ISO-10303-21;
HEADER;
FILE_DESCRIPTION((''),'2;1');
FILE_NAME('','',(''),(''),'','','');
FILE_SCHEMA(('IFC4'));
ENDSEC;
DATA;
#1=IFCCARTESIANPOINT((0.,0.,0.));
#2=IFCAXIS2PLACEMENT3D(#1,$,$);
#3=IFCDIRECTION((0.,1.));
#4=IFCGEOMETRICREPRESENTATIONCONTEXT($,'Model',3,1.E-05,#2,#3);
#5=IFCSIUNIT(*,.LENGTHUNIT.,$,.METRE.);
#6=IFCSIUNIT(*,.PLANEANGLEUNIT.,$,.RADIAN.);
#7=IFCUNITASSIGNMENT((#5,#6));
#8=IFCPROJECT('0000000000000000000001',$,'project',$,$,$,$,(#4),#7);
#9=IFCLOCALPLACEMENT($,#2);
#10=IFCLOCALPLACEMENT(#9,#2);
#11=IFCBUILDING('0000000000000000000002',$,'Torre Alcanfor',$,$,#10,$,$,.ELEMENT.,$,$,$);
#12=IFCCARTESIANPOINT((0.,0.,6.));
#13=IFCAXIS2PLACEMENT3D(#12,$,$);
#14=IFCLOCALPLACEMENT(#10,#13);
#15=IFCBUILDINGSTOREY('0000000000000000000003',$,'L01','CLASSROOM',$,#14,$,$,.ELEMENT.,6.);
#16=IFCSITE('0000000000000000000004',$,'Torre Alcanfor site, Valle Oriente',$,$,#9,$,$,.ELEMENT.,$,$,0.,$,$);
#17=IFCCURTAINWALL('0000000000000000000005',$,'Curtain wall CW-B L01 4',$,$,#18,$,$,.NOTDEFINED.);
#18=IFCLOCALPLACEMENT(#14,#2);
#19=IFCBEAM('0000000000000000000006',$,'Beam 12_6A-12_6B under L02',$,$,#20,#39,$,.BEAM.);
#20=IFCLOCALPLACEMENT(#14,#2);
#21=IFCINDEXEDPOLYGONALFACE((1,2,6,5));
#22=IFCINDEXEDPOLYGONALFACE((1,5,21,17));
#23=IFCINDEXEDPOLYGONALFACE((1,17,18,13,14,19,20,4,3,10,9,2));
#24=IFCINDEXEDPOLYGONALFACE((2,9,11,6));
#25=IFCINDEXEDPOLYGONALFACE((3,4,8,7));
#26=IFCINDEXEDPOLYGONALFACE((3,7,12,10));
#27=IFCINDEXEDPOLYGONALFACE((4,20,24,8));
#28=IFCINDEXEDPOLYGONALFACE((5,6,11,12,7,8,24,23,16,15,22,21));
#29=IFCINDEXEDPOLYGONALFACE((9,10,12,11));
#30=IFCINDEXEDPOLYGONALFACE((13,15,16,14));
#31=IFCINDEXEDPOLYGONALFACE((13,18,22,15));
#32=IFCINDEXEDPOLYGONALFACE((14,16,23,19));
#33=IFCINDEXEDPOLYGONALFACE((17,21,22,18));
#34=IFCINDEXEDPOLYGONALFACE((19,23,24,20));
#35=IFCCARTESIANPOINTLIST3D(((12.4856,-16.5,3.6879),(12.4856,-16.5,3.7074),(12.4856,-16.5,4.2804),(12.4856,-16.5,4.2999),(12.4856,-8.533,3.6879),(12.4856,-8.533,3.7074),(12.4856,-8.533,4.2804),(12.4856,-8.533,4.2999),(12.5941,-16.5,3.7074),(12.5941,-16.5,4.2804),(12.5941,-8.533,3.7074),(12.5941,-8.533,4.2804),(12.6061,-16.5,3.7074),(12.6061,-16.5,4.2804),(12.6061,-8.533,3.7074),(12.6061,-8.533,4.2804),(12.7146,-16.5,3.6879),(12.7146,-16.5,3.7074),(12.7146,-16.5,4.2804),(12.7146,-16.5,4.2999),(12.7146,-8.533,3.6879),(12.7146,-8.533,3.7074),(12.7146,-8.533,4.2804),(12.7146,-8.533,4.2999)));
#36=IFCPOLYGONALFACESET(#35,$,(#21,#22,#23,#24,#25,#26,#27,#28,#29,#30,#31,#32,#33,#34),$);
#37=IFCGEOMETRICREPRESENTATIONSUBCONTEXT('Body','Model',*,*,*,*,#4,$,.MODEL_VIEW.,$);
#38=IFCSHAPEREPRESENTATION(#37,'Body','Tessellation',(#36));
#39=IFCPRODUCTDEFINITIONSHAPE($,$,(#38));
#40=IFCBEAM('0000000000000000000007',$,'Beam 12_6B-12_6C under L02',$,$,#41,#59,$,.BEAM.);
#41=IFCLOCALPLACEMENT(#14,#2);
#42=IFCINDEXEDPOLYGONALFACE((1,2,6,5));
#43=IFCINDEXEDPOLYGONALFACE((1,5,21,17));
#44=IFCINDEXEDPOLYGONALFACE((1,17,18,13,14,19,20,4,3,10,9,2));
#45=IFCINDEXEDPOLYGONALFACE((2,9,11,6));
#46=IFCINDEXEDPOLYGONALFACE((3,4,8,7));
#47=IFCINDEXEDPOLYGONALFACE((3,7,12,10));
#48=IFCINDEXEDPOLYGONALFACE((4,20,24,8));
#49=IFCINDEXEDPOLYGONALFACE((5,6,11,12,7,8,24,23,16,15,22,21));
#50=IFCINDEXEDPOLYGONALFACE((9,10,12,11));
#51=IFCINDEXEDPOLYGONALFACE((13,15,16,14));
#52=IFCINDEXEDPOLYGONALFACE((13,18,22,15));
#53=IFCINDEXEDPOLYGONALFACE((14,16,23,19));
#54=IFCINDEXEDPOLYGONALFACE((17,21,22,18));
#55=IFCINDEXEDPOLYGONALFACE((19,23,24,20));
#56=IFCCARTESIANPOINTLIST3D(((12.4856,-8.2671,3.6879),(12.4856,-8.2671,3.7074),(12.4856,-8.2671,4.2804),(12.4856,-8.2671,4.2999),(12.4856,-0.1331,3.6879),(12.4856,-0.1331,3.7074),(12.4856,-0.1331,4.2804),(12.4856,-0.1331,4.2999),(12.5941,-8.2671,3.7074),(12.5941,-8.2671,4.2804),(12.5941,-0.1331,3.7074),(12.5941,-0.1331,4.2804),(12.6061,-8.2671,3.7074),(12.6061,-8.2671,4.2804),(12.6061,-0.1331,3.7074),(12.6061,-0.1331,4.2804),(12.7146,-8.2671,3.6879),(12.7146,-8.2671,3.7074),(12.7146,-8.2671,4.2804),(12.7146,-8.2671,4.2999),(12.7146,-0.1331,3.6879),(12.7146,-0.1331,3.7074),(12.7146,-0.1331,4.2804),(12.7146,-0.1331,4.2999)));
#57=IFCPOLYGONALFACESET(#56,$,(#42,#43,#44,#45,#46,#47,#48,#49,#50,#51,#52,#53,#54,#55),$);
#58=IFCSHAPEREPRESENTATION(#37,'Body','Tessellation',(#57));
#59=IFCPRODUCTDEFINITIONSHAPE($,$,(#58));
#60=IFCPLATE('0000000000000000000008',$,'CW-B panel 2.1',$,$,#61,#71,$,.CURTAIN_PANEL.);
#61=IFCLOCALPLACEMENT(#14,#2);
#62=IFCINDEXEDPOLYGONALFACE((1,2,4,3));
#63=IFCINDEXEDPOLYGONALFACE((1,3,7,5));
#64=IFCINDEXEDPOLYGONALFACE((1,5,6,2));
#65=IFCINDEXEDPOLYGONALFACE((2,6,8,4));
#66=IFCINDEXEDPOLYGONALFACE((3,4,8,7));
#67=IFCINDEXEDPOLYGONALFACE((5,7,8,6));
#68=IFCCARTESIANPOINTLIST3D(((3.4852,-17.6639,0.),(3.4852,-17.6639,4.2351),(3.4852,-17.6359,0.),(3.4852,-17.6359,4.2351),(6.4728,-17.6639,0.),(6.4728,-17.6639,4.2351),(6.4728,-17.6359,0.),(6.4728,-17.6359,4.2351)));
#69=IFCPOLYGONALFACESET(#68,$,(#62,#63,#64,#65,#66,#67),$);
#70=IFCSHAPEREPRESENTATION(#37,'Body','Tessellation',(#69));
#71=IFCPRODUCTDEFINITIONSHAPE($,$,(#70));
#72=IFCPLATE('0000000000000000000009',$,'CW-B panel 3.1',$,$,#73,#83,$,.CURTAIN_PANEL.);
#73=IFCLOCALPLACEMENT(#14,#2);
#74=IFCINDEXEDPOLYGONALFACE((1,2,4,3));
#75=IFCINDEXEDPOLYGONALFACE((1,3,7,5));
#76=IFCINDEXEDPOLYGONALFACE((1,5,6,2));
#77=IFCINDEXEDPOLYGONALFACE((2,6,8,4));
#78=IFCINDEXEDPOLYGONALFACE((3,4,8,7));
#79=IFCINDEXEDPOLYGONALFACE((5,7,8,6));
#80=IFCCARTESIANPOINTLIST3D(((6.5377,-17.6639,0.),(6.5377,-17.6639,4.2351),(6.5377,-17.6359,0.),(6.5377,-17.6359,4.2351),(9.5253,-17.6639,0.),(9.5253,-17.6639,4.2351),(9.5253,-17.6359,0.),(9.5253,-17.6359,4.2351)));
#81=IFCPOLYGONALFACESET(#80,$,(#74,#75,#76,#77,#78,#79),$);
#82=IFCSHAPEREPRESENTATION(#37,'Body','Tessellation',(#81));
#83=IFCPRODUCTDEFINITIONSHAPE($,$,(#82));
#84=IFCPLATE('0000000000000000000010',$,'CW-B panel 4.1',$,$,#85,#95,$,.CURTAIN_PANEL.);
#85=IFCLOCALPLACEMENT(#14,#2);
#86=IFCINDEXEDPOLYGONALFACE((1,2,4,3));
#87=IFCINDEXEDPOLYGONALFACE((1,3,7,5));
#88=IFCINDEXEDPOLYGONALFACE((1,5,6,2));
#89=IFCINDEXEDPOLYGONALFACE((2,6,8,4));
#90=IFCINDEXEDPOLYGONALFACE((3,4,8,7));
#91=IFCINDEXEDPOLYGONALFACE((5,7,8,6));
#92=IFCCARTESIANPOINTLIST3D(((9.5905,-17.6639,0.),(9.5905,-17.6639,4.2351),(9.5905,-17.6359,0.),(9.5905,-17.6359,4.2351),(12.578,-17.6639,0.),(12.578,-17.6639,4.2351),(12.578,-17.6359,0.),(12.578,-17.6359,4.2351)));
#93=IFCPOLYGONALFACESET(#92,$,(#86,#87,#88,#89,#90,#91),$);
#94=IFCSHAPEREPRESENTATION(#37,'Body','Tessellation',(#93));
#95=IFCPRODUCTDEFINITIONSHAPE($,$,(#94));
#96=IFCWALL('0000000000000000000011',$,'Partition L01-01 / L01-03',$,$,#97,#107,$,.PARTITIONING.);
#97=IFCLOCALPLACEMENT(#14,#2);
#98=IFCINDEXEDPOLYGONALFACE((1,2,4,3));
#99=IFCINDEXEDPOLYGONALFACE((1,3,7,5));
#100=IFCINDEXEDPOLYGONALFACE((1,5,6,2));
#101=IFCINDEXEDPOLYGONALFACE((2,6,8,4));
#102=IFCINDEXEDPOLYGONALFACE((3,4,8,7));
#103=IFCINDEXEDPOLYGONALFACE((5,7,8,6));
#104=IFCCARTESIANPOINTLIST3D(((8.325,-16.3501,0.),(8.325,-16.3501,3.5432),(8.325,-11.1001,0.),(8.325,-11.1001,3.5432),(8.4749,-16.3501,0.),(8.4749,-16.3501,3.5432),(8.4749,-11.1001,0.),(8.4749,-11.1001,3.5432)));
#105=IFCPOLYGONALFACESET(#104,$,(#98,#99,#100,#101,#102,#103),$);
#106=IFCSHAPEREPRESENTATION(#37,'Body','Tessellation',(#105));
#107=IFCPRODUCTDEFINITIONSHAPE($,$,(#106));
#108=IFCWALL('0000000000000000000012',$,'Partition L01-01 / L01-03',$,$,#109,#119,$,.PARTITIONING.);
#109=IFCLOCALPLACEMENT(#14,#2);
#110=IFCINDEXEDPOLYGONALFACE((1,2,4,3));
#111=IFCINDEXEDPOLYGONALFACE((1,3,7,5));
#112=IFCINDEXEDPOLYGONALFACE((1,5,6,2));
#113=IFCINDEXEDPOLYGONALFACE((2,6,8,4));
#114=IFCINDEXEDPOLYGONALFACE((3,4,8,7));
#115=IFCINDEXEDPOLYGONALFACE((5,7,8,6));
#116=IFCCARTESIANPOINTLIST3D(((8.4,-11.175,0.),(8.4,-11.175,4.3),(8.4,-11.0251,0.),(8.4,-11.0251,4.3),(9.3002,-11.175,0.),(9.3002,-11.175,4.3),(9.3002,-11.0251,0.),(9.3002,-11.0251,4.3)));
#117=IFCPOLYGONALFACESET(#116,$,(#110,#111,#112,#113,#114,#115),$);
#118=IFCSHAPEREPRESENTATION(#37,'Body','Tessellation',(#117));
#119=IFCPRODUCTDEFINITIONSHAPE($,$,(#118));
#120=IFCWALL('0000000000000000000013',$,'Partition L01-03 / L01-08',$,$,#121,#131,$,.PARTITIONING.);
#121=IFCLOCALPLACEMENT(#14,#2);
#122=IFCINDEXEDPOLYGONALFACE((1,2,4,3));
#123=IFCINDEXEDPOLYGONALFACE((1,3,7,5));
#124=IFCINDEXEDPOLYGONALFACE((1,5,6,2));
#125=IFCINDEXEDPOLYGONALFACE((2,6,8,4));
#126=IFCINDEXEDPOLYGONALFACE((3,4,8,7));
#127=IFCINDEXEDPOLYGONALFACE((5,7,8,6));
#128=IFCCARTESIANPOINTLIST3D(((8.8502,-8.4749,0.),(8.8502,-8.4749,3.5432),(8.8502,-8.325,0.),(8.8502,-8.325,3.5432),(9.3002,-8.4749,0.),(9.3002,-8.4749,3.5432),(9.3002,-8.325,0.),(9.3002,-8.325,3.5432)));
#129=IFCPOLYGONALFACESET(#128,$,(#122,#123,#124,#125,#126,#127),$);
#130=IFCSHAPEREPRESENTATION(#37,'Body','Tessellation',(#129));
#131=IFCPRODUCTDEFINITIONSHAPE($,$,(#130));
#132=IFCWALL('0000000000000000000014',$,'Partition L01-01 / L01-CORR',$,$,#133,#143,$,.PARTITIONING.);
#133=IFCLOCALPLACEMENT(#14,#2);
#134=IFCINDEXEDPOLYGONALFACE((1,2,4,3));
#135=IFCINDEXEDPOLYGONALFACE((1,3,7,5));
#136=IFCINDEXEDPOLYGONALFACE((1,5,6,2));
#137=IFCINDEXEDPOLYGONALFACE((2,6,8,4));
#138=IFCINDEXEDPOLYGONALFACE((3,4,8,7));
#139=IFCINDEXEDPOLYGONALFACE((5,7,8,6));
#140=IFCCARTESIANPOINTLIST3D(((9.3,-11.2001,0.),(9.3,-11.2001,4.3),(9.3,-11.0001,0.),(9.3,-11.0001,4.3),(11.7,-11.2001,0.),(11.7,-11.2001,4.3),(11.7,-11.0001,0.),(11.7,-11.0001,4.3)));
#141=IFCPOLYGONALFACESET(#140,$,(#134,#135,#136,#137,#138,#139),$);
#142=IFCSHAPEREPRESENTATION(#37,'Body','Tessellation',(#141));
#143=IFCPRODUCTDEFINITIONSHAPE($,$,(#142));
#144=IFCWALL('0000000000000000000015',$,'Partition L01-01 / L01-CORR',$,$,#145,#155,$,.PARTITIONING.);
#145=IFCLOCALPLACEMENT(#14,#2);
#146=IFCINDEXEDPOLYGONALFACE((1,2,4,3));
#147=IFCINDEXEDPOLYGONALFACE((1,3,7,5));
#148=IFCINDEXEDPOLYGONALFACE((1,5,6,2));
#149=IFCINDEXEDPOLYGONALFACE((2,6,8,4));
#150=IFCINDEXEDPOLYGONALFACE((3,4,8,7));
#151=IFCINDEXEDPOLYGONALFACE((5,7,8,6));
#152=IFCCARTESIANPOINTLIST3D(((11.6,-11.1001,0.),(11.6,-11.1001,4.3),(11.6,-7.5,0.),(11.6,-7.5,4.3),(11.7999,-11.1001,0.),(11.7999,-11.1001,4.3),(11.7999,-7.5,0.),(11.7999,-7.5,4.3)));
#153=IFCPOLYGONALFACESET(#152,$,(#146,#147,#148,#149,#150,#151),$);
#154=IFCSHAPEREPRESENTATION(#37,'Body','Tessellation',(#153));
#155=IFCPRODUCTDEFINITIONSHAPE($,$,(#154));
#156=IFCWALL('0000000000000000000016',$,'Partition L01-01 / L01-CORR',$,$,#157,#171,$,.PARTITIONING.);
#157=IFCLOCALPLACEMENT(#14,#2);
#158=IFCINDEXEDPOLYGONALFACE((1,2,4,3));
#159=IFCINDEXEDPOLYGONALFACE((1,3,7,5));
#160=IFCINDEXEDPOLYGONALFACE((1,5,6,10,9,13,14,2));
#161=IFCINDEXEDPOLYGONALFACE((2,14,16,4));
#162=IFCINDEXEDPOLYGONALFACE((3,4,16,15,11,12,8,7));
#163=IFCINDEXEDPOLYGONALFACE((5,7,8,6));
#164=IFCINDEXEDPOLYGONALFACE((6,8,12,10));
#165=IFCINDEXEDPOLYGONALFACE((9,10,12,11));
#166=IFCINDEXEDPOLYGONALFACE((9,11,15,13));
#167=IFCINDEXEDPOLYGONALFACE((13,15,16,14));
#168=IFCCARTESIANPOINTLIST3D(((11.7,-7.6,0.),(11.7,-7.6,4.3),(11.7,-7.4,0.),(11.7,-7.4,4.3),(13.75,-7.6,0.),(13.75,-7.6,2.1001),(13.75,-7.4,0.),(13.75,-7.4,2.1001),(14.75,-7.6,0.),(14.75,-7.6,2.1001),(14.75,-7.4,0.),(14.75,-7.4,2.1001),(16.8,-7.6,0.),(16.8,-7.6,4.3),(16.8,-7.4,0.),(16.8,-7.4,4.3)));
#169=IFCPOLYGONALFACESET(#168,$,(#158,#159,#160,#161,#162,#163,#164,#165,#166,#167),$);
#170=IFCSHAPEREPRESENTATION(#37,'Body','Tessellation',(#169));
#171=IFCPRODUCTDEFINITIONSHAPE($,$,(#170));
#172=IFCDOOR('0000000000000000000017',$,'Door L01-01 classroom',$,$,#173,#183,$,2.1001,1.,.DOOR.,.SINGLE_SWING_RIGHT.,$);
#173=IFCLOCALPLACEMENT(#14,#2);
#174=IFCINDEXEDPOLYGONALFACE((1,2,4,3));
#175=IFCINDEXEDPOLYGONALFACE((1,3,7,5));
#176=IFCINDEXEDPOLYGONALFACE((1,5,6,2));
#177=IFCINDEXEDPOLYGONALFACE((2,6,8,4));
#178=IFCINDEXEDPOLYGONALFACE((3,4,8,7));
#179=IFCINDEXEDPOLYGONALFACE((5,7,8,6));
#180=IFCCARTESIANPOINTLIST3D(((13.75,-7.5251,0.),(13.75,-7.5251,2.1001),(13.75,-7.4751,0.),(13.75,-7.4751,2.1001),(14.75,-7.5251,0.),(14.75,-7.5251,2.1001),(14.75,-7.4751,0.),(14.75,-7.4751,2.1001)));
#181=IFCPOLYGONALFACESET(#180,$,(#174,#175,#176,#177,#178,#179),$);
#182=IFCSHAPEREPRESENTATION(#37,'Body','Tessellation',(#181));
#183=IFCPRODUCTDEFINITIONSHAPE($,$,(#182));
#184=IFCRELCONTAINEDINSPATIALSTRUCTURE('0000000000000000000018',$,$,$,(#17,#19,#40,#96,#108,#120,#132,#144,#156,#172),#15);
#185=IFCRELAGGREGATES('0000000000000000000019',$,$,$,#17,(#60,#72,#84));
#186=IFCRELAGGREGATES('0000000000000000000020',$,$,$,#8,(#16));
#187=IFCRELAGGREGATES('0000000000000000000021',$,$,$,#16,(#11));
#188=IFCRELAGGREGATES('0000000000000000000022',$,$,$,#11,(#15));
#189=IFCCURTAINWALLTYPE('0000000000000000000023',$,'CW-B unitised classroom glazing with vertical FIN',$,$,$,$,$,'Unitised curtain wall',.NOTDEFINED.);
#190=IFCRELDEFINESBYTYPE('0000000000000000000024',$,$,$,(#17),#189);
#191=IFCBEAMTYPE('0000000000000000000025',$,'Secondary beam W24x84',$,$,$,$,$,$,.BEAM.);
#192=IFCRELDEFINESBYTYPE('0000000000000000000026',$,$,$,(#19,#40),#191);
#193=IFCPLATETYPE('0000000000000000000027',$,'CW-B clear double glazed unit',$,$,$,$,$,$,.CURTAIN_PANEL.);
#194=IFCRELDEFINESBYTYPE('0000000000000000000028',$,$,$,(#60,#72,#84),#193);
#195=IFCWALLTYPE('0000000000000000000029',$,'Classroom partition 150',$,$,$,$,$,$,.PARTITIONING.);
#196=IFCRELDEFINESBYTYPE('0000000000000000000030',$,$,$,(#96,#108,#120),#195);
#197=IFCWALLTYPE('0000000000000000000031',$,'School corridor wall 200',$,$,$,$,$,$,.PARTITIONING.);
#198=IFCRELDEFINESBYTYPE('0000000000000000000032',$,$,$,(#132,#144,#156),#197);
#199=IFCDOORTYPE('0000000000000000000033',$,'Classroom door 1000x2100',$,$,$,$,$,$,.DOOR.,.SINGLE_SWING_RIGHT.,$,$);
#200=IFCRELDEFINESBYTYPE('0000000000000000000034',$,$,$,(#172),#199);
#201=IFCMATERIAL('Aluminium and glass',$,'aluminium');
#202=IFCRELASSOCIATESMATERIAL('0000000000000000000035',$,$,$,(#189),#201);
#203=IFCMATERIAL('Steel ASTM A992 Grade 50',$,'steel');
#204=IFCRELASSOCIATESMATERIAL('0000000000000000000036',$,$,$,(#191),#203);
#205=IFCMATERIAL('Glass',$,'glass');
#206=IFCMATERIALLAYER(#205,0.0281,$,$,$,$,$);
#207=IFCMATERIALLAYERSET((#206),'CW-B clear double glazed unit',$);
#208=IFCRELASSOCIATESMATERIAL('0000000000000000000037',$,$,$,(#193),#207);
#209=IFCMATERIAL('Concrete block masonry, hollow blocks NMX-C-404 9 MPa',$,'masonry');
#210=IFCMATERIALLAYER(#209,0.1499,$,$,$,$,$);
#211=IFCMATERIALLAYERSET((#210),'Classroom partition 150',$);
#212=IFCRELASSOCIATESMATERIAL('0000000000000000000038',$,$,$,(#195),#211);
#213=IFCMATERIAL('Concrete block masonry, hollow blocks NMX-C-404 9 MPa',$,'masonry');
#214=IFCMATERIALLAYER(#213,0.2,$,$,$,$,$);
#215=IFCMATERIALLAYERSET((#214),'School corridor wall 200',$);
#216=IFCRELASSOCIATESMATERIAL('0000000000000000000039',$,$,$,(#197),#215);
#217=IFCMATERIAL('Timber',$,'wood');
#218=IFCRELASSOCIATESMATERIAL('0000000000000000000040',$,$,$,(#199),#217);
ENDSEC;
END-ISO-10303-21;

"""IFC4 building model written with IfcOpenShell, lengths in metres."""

from ifc_helpers import new_model, si_unit, direction, frame, frame_2d, origin, origin_2d, place, context, subcontext, project, spatial, rectangle, i_section, extrude, material, layer, layer_set, material_profile, profile_set, type_object, element, fill, aggregate, save


model = new_model("IFC4")

# Units and contexts
model_context = context("Model", 3, precision=1e-05, world=origin(), true_north=direction((0.0, 1.0)))
body_context = subcontext(model_context, "Body", "Model", "MODEL_VIEW")
ifc_project = project(units=[si_unit("LENGTHUNIT", "METRE"), si_unit("PLANEANGLEUNIT", "RADIAN")], contexts=[model_context])

# Site, building, storey
site_placement = place(None, origin())
site = spatial("IfcSite", under=ifc_project, at=site_placement, Name="Torre Alcanfor site, Valle Oriente", CompositionType="ELEMENT", RefElevation=0.0)
building_placement = place(site_placement, origin())
building = spatial("IfcBuilding", under=site, at=building_placement, Name="Torre Alcanfor", CompositionType="ELEMENT")
storey_placement = place(building_placement, frame((0.0, 0.0, 6.0)))
storey = spatial("IfcBuildingStorey", under=building, at=storey_placement, Name="L01", Description="CLASSROOM", CompositionType="ELEMENT", Elevation=6.0)

# Curtain wall
ifc_material_1 = material(Name="Aluminium and glass", Category="aluminium")
curtain_wall_type = type_object("IfcCurtainWallType", Name="CW-B unitised classroom glazing with vertical FIN", ElementType="Unitised curtain wall", PredefinedType="NOTDEFINED", material=ifc_material_1)
curtain_wall_placement = place(storey_placement, origin())
curtain_wall = element("IfcCurtainWall", 1, at=curtain_wall_placement, inside=storey, type_object=curtain_wall_type, Name="Curtain wall CW-B L01 4", PredefinedType="NOTDEFINED")

# Beams
ifc_material_2 = material(Name="Steel ASTM A992 Grade 50", Category="steel")
ifc_material_profile_1 = material_profile(ifc_material_2, i_section(OverallWidth=0.229, OverallDepth=0.6121, WebThickness=0.012, FlangeThickness=0.0195, at=origin_2d()), Name="W24x84")
ifc_profile_set_1 = profile_set([ifc_material_profile_1], Name="Steel ASTM A992 Grade 50")
beam_type_1 = type_object("IfcBeamType", Name="Secondary beam W24x84", PredefinedType="BEAM", material=ifc_profile_set_1)
beam_1_placement = place(storey_placement, frame((12.6001, -16.5, 3.9939), z_axis=(0.0, 1.0, 0.0), x_axis=(-1.0, 0.0, 0.0)))
element("IfcBeam", 2, at=beam_1_placement, inside=storey, type_object=beam_type_1, Name="Beam 12_6A-12_6B under L02", PredefinedType="BEAM", context=body_context, shape_type="SweptSolid", body=[
    extrude(i_section(OverallWidth=0.229, OverallDepth=0.6121, WebThickness=0.012, FlangeThickness=0.0195, at=origin_2d()), origin(), (0.0, 0.0, 1.0), 7.967),
])
beam_2_placement = place(storey_placement, frame((12.6001, -8.2671, 3.9939), z_axis=(0.0, 1.0, 0.0), x_axis=(-1.0, 0.0, 0.0)))
element("IfcBeam", 3, at=beam_2_placement, inside=storey, type_object=beam_type_1, Name="Beam 12_6B-12_6C under L02", PredefinedType="BEAM", context=body_context, shape_type="SweptSolid", body=[
    extrude(i_section(OverallWidth=0.229, OverallDepth=0.6121, WebThickness=0.012, FlangeThickness=0.0195, at=origin_2d()), origin(), (0.0, 0.0, 1.0), 8.134),
])

# Plates
ifc_material_3 = material(Name="Glass", Category="glass")
ifc_layer_1 = layer(ifc_material_3, 0.0281)
ifc_layer_set_1 = layer_set([ifc_layer_1], Name="CW-B clear double glazed unit")
plate_type = type_object("IfcPlateType", Name="CW-B clear double glazed unit", PredefinedType="CURTAIN_PANEL", material=ifc_layer_set_1)
plate_1_placement = place(storey_placement, frame((4.979, -17.6499, 0.0), z_axis=(0.0, 0.0, 1.0), x_axis=(1.0, 0.0, 0.0)))
plate_1 = element("IfcPlate", 4, at=plate_1_placement, type_object=plate_type, Name="CW-B panel 2.1", PredefinedType="CURTAIN_PANEL", context=body_context, shape_type="SweptSolid", body=[
    extrude(rectangle(XDim=2.9875, YDim=0.0281, at=origin_2d()), origin(), (0.0, 0.0, 1.0), 4.2351),
])
plate_2_placement = place(storey_placement, frame((8.0315, -17.6499, 0.0), z_axis=(0.0, 0.0, 1.0), x_axis=(1.0, 0.0, 0.0)))
plate_2 = element("IfcPlate", 5, at=plate_2_placement, type_object=plate_type, Name="CW-B panel 3.1", PredefinedType="CURTAIN_PANEL", context=body_context, shape_type="SweptSolid", body=[
    extrude(rectangle(XDim=2.9875, YDim=0.0281, at=origin_2d()), origin(), (0.0, 0.0, 1.0), 4.2351),
])
plate_3_placement = place(storey_placement, frame((11.0842, -17.6499, 0.0), z_axis=(0.0, 0.0, 1.0), x_axis=(1.0, 0.0, 0.0)))
plate_3 = element("IfcPlate", 6, at=plate_3_placement, type_object=plate_type, Name="CW-B panel 4.1", PredefinedType="CURTAIN_PANEL", context=body_context, shape_type="SweptSolid", body=[
    extrude(rectangle(XDim=2.9875, YDim=0.0281, at=origin_2d()), origin(), (0.0, 0.0, 1.0), 4.2351),
])
aggregate(curtain_wall, [plate_1, plate_2, plate_3])

# Walls
ifc_material_4 = material(Name="Concrete block masonry, hollow blocks NMX-C-404 9 MPa", Category="masonry")
ifc_layer_2 = layer(ifc_material_4, 0.1499)
ifc_layer_set_2 = layer_set([ifc_layer_2], Name="Classroom partition 150")
wall_type_1 = type_object("IfcWallType", Name="Classroom partition 150", PredefinedType="PARTITIONING", material=ifc_layer_set_2)
wall_1_placement = place(storey_placement, frame((8.3999, -16.3501, 0.0), z_axis=(0.0, 0.0, 1.0), x_axis=(0.0, 1.0, 0.0)))
element("IfcWall", 7, at=wall_1_placement, inside=storey, type_object=wall_type_1, Name="Partition L01-01 / L01-03", PredefinedType="PARTITIONING", context=body_context, shape_type="SweptSolid", body=[
    extrude(rectangle(XDim=5.25, YDim=0.1499, at=frame_2d((2.625, 0.0))), origin(), (0.0, 0.0, 1.0), 3.5432),
])
wall_2_placement = place(storey_placement, frame((8.3999, -11.1001, 0.0), z_axis=(0.0, 0.0, 1.0), x_axis=(1.0, 0.0, 0.0)))
element("IfcWall", 8, at=wall_2_placement, inside=storey, type_object=wall_type_1, Name="Partition L01-01 / L01-03", PredefinedType="PARTITIONING", context=body_context, shape_type="SweptSolid", body=[
    extrude(rectangle(XDim=0.9001, YDim=0.1499, at=frame_2d((0.4502, 0.0))), origin(), (0.0, 0.0, 1.0), 4.3),
])
wall_3_placement = place(storey_placement, frame((8.8501, -8.3999, 0.0), z_axis=(0.0, 0.0, 1.0), x_axis=(1.0, 0.0, 0.0)))
element("IfcWall", 9, at=wall_3_placement, inside=storey, type_object=wall_type_1, Name="Partition L01-03 / L01-08", PredefinedType="PARTITIONING", context=body_context, shape_type="SweptSolid", body=[
    extrude(rectangle(XDim=0.45, YDim=0.1499, at=frame_2d((0.2251, 0.0))), origin(), (0.0, 0.0, 1.0), 3.5432),
])
ifc_material_5 = material(Name="Concrete block masonry, hollow blocks NMX-C-404 9 MPa", Category="masonry")
ifc_layer_3 = layer(ifc_material_5, 0.2)
ifc_layer_set_3 = layer_set([ifc_layer_3], Name="School corridor wall 200")
wall_type_2 = type_object("IfcWallType", Name="School corridor wall 200", PredefinedType="PARTITIONING", material=ifc_layer_set_3)
wall_4_placement = place(storey_placement, frame((9.3, -11.1001, 0.0), z_axis=(0.0, 0.0, 1.0), x_axis=(1.0, 0.0, 0.0)))
element("IfcWall", 10, at=wall_4_placement, inside=storey, type_object=wall_type_2, Name="Partition L01-01 / L01-CORR", PredefinedType="PARTITIONING", context=body_context, shape_type="SweptSolid", body=[
    extrude(rectangle(XDim=2.3999, YDim=0.2, at=frame_2d((1.2, 0.0))), origin(), (0.0, 0.0, 1.0), 4.3),
])
wall_5_placement = place(storey_placement, frame((11.7, -11.1001, 0.0), z_axis=(0.0, 0.0, 1.0), x_axis=(0.0, 1.0, 0.0)))
element("IfcWall", 11, at=wall_5_placement, inside=storey, type_object=wall_type_2, Name="Partition L01-01 / L01-CORR", PredefinedType="PARTITIONING", context=body_context, shape_type="SweptSolid", body=[
    extrude(rectangle(XDim=3.6001, YDim=0.2, at=frame_2d((1.8, 0.0))), origin(), (0.0, 0.0, 1.0), 4.3),
])

# Wall, opening, door
wall_6_placement = place(storey_placement, frame((11.7, -7.5, 0.0), z_axis=(0.0, 0.0, 1.0), x_axis=(1.0, 0.0, 0.0)))
wall_6 = element("IfcWall", 12, at=wall_6_placement, inside=storey, type_object=wall_type_2, Name="Partition L01-01 / L01-CORR", PredefinedType="PARTITIONING", context=body_context, shape_type="SweptSolid", body=[
    extrude(rectangle(XDim=5.1001, YDim=0.2, at=frame_2d((2.55, 0.0))), origin(), (0.0, 0.0, 1.0), 4.3),
])
opening_1_placement = place(wall_6_placement, frame((2.05, 0.0, 0.0)))
opening_1 = element("IfcOpeningElement", 13, at=opening_1_placement, cuts=wall_6, PredefinedType="OPENING", context=body_context, shape_type="SweptSolid", body=[
    extrude(rectangle(XDim=1.0, YDim=2.1001, at=frame_2d((0.5, 1.05))), frame((0.0, 0.1099, 0.0), z_axis=(0.0, -1.0, 0.0), x_axis=(1.0, 0.0, 0.0)), (0.0, 0.0, 1.0), 0.22),
])
ifc_material_6 = material(Name="Timber", Category="wood")
door_type = type_object("IfcDoorType", Name="Classroom door 1000x2100", OperationType="SINGLE_SWING_RIGHT", PredefinedType="DOOR", material=ifc_material_6)
door_1_placement = place(opening_1_placement, frame((1.0, 0.0, 0.0), z_axis=(0.0, 0.0, 1.0), x_axis=(-1.0, 0.0, 0.0)))
door_1 = element("IfcDoor", 14, at=door_1_placement, inside=storey, type_object=door_type, Name="Door L01-01 classroom", OperationType="SINGLE_SWING_RIGHT", OverallHeight=2.1001, OverallWidth=1.0, PredefinedType="DOOR", context=body_context, shape_type="SweptSolid", body=[
    extrude(rectangle(XDim=1.0, YDim=2.1001, at=frame_2d((0.5, 1.05))), frame((0.0, 0.0251, 0.0), z_axis=(0.0, -1.0, 0.0), x_axis=(1.0, 0.0, 0.0)), (0.0, 0.0, 1.0), 0.05),
])
fill(opening_1, door_1)

save(model, "model.ifc")
